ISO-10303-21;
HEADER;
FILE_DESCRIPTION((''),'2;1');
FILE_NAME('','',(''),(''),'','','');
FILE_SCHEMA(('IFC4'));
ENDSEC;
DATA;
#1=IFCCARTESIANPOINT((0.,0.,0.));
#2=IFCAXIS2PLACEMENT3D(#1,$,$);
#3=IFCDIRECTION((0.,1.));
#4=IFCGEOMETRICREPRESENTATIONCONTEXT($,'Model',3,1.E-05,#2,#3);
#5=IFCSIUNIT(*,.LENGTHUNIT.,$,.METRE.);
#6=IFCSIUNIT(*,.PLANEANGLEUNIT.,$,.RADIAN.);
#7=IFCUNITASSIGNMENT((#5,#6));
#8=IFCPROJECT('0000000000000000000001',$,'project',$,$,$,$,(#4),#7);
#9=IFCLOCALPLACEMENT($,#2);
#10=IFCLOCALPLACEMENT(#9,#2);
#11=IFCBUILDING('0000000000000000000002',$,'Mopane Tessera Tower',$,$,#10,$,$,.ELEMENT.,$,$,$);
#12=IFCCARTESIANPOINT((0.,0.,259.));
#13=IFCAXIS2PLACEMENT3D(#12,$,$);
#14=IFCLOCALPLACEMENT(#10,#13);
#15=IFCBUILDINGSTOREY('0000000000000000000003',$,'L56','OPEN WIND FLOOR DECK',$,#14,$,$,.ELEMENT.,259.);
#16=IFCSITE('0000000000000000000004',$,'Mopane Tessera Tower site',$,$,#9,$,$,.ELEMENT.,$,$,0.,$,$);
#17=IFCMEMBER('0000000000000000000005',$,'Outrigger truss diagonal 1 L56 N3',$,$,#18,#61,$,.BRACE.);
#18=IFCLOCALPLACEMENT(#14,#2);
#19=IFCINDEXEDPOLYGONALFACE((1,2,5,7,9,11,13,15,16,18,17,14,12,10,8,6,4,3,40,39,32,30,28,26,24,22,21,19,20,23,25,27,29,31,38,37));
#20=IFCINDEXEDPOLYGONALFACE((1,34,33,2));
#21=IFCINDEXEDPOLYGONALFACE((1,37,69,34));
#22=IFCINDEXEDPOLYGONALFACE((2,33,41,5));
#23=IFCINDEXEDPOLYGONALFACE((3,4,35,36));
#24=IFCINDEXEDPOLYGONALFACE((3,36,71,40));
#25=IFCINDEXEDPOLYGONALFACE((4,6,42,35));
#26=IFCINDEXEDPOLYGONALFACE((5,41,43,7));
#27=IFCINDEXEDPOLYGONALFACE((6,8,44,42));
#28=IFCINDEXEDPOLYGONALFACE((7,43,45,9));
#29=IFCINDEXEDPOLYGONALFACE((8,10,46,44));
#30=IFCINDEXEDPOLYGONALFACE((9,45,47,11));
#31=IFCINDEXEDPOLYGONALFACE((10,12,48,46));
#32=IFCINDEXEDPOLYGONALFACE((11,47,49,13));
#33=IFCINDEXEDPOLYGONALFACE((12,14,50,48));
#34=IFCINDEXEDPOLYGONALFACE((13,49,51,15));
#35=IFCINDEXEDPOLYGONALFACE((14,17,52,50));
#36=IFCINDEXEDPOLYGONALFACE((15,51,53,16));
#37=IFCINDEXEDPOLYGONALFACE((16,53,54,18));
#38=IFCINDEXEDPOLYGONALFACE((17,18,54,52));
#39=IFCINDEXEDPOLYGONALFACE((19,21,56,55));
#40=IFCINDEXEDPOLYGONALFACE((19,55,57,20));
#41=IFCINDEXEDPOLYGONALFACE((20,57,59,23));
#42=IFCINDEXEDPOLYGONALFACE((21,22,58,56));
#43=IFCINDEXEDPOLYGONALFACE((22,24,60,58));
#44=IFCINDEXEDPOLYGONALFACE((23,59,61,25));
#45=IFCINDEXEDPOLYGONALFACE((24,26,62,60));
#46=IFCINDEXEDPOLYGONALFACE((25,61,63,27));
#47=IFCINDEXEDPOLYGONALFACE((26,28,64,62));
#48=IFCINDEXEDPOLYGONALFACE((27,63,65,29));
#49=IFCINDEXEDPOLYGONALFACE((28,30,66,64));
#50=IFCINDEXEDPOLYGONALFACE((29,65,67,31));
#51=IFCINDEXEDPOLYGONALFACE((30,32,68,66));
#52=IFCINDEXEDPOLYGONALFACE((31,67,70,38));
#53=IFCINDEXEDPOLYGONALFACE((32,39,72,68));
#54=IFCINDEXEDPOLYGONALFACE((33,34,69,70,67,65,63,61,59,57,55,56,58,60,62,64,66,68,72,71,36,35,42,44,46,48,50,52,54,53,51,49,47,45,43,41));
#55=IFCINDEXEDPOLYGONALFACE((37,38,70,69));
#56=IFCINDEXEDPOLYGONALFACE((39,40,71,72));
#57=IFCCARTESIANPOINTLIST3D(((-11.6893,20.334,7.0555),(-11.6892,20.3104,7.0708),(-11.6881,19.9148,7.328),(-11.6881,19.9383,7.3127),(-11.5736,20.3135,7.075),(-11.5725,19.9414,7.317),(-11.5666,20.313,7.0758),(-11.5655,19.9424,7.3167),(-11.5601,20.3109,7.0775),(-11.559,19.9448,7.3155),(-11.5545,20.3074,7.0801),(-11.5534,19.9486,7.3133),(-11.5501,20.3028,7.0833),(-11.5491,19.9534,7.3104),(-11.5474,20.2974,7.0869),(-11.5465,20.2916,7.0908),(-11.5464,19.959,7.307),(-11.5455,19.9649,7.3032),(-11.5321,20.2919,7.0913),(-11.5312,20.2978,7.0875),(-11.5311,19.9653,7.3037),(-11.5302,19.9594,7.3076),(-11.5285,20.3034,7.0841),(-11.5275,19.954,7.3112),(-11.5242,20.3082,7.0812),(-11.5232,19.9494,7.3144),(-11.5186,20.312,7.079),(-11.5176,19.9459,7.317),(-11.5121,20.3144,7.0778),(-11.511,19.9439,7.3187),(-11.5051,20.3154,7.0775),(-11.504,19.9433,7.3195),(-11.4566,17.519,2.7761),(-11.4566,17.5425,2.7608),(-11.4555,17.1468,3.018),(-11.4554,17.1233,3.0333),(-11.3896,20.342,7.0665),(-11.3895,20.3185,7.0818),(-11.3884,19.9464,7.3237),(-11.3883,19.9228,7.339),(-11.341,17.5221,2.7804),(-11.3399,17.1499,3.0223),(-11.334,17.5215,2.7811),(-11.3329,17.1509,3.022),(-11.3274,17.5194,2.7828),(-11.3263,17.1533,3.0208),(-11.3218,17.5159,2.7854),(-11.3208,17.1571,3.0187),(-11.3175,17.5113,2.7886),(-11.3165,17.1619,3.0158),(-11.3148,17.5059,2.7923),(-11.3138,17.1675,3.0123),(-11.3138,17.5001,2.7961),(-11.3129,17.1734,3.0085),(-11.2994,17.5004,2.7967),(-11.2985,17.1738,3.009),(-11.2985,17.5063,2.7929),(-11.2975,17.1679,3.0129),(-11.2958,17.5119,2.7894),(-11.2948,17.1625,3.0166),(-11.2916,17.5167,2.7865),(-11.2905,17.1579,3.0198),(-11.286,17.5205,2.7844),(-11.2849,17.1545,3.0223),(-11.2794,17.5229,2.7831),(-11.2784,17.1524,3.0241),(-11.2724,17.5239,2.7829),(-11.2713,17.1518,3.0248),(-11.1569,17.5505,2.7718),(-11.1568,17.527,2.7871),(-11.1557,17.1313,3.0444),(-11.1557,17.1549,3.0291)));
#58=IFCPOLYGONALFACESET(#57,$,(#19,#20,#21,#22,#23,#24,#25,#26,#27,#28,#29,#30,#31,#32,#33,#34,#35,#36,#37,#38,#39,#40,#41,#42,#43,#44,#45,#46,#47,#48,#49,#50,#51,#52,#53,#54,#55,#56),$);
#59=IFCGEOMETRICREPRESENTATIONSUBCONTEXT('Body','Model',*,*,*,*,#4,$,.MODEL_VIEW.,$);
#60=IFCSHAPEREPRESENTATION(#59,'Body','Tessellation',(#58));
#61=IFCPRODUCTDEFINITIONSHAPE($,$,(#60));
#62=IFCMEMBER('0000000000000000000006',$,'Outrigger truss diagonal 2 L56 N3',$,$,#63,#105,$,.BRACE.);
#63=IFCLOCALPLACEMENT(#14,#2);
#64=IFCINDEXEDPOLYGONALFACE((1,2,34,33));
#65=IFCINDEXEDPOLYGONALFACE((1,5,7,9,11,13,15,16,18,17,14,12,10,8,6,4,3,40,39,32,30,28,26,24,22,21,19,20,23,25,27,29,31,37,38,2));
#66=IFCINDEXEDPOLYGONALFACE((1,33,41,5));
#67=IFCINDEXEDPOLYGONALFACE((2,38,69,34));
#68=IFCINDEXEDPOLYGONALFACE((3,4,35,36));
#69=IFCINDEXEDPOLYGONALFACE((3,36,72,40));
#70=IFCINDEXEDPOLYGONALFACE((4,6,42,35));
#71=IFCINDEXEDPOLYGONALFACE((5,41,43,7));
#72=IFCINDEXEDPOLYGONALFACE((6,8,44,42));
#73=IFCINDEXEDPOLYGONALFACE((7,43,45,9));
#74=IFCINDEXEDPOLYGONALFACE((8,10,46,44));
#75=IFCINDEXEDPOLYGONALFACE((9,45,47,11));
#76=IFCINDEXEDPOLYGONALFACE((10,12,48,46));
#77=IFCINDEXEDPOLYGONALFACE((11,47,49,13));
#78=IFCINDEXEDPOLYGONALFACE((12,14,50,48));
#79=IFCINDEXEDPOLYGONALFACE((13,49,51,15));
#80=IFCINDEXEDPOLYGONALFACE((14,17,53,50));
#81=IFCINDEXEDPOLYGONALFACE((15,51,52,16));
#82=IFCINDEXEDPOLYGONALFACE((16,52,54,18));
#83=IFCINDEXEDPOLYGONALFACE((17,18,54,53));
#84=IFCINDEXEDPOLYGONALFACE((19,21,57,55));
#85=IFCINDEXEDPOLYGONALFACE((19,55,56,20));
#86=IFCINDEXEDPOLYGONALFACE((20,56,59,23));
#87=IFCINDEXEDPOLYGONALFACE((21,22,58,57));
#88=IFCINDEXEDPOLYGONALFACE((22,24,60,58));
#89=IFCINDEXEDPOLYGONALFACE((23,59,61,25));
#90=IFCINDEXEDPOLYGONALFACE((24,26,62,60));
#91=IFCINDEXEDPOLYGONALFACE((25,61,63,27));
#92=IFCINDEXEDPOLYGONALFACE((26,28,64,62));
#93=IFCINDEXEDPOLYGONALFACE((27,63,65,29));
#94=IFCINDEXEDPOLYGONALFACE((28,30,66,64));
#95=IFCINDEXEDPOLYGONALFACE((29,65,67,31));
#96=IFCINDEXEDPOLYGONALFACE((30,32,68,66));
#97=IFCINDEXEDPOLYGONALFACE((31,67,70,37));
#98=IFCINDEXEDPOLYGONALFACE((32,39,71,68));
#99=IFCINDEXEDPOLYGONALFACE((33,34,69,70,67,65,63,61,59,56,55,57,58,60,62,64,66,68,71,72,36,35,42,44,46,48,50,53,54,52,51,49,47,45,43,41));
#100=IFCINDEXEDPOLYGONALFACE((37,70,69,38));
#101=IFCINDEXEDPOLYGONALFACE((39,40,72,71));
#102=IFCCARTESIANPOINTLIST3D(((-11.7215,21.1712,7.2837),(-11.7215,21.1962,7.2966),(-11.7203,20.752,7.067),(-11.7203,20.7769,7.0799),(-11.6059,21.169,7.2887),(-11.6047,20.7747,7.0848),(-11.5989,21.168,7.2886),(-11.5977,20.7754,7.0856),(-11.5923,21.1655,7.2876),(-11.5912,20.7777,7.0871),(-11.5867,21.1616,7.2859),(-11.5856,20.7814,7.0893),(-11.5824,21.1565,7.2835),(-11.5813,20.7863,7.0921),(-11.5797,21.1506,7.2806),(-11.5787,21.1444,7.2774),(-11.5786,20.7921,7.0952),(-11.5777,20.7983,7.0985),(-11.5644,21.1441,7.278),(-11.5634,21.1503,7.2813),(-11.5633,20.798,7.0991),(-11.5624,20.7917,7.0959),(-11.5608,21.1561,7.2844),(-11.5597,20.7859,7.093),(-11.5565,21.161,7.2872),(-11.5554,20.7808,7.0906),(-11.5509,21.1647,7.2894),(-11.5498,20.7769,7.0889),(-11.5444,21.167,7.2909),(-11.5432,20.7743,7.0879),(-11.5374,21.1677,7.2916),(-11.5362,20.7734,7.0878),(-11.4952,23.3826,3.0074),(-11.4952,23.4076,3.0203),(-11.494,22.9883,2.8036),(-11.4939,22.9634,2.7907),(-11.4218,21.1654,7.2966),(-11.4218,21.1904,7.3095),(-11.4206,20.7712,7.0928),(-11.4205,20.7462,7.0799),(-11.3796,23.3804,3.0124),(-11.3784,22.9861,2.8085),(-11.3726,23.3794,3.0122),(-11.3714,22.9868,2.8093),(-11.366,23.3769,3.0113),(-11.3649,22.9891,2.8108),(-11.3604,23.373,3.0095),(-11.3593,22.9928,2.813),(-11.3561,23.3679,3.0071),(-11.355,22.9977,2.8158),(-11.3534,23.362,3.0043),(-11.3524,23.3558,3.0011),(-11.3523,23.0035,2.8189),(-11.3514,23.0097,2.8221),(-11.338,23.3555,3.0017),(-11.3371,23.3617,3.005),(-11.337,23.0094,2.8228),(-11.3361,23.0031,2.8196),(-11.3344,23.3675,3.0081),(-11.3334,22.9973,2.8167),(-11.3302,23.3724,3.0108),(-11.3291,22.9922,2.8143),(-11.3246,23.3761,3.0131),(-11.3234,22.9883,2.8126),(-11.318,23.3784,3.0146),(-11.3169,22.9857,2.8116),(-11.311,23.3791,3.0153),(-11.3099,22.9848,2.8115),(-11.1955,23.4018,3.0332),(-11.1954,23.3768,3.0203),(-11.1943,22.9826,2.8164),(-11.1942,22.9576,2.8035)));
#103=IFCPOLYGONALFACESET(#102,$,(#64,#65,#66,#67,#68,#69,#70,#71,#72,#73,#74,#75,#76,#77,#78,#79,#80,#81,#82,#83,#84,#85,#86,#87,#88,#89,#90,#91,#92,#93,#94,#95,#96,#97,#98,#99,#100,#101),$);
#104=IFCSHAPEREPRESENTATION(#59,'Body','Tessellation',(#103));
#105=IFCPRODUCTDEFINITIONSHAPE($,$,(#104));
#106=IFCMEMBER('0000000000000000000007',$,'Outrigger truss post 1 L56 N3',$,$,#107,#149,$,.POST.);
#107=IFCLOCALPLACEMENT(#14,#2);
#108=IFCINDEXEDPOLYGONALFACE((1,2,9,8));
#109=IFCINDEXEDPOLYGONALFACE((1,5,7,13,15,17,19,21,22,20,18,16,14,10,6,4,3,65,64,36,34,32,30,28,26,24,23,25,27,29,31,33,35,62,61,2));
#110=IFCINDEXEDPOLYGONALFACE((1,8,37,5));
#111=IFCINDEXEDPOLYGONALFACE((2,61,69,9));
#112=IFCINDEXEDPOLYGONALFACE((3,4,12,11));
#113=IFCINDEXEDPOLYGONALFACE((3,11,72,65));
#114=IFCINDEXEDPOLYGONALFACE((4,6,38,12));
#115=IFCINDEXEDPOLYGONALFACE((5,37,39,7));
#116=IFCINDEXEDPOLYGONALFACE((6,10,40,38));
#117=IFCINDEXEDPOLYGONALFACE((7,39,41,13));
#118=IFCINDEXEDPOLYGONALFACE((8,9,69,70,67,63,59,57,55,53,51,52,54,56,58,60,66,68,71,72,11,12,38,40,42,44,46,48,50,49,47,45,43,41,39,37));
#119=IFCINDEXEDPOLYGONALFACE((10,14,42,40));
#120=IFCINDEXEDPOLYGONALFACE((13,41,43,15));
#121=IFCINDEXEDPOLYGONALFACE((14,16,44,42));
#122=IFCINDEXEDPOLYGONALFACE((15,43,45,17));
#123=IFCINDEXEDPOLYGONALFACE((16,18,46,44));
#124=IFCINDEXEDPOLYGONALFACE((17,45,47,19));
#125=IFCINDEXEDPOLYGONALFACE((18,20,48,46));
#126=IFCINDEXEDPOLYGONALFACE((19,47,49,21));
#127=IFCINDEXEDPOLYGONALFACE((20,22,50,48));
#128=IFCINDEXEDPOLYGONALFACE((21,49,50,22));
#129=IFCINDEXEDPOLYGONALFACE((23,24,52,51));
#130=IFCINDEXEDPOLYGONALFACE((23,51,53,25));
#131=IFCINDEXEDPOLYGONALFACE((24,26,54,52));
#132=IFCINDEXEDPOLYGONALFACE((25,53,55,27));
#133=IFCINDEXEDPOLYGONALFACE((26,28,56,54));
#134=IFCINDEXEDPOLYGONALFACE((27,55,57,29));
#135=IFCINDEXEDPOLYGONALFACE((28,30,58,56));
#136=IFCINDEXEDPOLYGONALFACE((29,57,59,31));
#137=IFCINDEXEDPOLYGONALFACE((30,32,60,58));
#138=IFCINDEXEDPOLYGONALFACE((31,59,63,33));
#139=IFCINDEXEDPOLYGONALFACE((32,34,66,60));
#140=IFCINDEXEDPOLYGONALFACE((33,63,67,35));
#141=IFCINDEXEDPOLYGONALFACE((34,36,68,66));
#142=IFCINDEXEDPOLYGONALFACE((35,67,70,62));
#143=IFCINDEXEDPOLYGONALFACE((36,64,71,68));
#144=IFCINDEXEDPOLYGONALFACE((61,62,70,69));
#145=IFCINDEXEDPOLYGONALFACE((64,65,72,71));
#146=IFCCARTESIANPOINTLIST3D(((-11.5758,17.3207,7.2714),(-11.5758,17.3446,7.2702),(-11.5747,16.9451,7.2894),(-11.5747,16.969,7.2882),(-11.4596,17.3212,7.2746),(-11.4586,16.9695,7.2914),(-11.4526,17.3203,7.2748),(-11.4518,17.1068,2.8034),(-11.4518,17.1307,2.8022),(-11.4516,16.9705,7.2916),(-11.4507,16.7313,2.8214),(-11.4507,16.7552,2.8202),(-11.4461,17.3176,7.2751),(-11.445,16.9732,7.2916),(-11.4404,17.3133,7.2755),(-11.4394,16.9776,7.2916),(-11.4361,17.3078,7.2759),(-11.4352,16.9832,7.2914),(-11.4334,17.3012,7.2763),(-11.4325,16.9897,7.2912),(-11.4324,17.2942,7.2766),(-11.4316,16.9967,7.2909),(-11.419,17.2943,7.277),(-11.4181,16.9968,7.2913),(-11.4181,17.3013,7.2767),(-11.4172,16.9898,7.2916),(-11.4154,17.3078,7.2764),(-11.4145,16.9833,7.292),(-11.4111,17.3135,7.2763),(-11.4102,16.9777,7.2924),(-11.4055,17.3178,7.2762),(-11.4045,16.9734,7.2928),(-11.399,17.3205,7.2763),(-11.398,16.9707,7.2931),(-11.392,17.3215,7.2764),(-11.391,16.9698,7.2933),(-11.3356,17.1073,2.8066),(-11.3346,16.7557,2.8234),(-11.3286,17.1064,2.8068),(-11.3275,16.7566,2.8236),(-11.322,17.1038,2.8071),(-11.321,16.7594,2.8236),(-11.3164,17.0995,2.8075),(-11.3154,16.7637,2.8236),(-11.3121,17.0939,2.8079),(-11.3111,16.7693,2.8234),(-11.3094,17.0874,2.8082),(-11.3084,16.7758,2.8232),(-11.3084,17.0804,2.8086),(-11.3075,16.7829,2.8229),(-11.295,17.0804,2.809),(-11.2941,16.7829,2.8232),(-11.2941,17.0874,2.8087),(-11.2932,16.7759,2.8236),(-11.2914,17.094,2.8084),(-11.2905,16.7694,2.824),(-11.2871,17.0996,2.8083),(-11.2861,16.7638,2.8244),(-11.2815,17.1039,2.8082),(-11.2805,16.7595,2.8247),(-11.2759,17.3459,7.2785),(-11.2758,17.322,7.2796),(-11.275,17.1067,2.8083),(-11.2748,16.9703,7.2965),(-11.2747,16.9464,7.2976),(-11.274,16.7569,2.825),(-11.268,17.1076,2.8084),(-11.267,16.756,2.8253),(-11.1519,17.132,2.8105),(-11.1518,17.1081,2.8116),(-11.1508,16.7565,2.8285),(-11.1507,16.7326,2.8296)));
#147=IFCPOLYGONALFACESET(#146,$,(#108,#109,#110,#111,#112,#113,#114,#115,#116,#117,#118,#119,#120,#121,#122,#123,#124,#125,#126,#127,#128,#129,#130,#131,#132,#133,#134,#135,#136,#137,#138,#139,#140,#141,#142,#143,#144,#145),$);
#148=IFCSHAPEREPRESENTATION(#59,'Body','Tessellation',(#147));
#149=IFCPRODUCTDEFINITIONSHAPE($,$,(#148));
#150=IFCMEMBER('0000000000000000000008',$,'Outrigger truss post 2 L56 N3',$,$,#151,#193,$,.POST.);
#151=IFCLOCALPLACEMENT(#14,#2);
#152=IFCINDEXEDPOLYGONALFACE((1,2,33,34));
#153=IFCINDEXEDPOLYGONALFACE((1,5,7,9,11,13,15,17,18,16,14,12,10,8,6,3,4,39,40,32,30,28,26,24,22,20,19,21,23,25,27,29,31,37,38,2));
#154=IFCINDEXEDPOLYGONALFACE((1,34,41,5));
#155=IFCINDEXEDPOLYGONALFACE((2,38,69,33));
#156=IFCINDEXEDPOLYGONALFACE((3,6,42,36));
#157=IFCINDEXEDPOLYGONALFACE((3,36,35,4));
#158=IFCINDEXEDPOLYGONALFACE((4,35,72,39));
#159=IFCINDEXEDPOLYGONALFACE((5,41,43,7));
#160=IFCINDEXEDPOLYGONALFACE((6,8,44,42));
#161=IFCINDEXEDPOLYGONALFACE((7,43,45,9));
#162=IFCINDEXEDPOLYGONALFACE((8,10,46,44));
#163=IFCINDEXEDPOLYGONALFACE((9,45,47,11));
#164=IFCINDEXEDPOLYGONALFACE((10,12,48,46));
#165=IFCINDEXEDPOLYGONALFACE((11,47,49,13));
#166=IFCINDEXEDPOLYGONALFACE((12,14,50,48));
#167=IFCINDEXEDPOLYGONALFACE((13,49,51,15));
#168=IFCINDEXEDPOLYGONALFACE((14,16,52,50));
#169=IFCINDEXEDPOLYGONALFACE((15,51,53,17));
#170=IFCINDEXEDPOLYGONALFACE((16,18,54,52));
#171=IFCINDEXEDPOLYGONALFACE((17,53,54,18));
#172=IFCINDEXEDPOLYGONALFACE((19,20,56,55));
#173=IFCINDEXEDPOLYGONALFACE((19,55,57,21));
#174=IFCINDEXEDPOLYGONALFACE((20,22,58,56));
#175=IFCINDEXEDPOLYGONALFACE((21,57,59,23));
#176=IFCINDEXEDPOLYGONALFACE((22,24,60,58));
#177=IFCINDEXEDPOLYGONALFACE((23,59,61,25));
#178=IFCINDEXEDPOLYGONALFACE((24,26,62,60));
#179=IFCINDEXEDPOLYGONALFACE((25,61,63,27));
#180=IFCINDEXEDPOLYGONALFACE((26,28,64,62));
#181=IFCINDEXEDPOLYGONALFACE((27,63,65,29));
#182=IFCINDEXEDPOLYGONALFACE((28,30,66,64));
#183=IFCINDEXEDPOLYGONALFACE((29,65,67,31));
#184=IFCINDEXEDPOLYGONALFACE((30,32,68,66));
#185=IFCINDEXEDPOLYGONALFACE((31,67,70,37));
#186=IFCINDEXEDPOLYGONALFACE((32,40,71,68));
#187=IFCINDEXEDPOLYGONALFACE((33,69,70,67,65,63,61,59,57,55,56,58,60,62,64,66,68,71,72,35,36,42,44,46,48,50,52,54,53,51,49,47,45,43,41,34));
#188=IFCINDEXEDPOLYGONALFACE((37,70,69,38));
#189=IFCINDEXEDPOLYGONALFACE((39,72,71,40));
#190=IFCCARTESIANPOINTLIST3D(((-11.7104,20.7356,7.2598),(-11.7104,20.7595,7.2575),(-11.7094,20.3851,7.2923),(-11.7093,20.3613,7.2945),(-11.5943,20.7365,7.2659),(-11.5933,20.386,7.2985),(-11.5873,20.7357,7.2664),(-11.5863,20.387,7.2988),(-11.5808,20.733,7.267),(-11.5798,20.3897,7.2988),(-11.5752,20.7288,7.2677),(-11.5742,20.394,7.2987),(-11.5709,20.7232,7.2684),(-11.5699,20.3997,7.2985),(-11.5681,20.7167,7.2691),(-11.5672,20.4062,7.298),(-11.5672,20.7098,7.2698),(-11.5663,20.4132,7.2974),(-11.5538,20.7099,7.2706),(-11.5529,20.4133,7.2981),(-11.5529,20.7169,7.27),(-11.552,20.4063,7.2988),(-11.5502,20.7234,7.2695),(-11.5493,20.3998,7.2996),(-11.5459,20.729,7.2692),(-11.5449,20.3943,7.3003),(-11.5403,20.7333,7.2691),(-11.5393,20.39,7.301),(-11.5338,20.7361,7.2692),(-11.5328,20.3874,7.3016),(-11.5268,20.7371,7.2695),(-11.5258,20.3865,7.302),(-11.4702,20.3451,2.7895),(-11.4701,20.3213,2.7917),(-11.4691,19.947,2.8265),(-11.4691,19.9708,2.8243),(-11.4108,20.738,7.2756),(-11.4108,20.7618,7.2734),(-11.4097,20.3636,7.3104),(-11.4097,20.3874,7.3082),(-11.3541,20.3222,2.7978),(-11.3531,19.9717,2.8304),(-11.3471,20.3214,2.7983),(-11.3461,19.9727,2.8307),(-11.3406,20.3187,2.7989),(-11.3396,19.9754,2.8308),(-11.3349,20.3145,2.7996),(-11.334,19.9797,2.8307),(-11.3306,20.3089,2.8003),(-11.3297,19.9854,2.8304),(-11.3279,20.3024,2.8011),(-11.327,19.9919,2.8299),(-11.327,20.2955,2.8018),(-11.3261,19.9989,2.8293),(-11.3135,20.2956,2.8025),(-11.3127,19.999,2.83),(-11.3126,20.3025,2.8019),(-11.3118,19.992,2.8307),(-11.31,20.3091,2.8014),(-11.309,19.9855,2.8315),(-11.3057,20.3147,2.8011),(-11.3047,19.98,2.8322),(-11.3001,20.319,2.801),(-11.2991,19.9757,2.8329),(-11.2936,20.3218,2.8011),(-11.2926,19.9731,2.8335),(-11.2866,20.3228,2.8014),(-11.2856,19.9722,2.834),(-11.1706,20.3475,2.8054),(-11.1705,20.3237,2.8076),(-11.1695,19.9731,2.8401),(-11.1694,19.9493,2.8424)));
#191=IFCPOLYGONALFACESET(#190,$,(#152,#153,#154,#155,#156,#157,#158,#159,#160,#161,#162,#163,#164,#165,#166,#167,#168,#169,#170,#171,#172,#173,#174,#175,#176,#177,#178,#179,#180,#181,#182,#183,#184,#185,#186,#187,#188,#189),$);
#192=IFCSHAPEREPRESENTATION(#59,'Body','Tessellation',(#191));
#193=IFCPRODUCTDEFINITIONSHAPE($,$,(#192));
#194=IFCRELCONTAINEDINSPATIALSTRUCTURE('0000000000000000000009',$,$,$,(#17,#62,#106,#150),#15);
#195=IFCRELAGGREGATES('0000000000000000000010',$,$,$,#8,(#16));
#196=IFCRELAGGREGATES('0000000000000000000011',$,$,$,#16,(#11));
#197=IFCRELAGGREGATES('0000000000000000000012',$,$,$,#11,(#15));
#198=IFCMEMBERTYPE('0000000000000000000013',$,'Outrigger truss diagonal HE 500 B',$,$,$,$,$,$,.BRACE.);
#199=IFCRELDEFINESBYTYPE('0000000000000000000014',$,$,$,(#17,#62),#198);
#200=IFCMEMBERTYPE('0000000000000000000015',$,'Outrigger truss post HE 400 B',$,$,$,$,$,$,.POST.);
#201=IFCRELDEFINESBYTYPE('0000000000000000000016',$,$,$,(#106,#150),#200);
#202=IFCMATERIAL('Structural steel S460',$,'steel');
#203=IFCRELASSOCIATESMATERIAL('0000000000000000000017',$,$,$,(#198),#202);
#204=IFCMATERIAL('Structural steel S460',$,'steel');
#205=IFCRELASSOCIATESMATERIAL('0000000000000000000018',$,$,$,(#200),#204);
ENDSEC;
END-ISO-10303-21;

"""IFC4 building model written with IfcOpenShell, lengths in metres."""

from ifc_helpers import new_model, si_unit, direction, frame, origin, origin_2d, place, context, subcontext, project, spatial, i_section, extrude, material, material_profile, profile_set, type_object, element, save


model = new_model("IFC4")

# Units and contexts
model_context = context("Model", 3, precision=1e-05, world=origin(), true_north=direction((0.0, 1.0)))
body_context = subcontext(model_context, "Body", "Model", "MODEL_VIEW")
ifc_project = project(units=[si_unit("LENGTHUNIT", "METRE"), si_unit("PLANEANGLEUNIT", "RADIAN")], contexts=[model_context])

# Site, building, storey
site_placement = place(None, origin())
site = spatial("IfcSite", under=ifc_project, at=site_placement, Name="Mopane Tessera Tower site", CompositionType="ELEMENT", RefElevation=0.0)
building_placement = place(site_placement, origin())
building = spatial("IfcBuilding", under=site, at=building_placement, Name="Mopane Tessera Tower", CompositionType="ELEMENT")
storey_placement = place(building_placement, frame((0.0, 0.0, 259.0)))
storey = spatial("IfcBuildingStorey", under=building, at=storey_placement, Name="L56", Description="OPEN WIND FLOOR DECK", CompositionType="ELEMENT", Elevation=259.0)

# Members
ifc_material_1 = material(Name="Structural steel S460", Category="steel")
ifc_material_profile_1 = material_profile(ifc_material_1, i_section(OverallWidth=0.3, OverallDepth=0.5, WebThickness=0.0144, FlangeThickness=0.0281, FilletRadius=0.0271, at=origin_2d()))
ifc_profile_set_1 = profile_set([ifc_material_profile_1], Name="Structural steel S460")
member_type_1 = type_object("IfcMemberType", Name="Outrigger truss diagonal HE 500 B", PredefinedType="BRACE", material=ifc_profile_set_1)
member_1_placement = place(storey_placement, frame((-11.3062, 17.3369, 2.9026), z_axis=(-0.045376, 0.544422, 0.837583), x_axis=(-0.998967, -0.026778, -0.036714)))
element("IfcMember", 1, at=member_1_placement, inside=storey, type_object=member_type_1, Name="Outrigger truss diagonal 1 L56 N3", PredefinedType="BRACE", context=body_context, shape_type="SweptSolid", body=[
    extrude(i_section(OverallWidth=0.3, OverallDepth=0.5, WebThickness=0.0144, FlangeThickness=0.0281, FilletRadius=0.0271, at=origin_2d()), origin(), (0.0, 0.0, 1.0), 5.1274),
])
member_2_placement = place(storey_placement, frame((-11.571, 20.9712, 7.1882), z_axis=(0.046958, 0.458836, -0.887279), x_axis=(-0.998894, 0.019276, -0.042896)))
element("IfcMember", 2, at=member_2_placement, inside=storey, type_object=member_type_1, Name="Outrigger truss diagonal 2 L56 N3", PredefinedType="BRACE", context=body_context, shape_type="SweptSolid", body=[
    extrude(i_section(OverallWidth=0.3, OverallDepth=0.5, WebThickness=0.0144, FlangeThickness=0.0281, FilletRadius=0.0271, at=origin_2d()), origin(), (0.0, 0.0, 1.0), 4.8196),
])
ifc_material_2 = material(Name="Structural steel S460", Category="steel")
ifc_material_profile_2 = material_profile(ifc_material_2, i_section(OverallWidth=0.3, OverallDepth=0.3999, WebThickness=0.0134, FlangeThickness=0.0239, FilletRadius=0.0271, at=origin_2d()))
ifc_profile_set_2 = profile_set([ifc_material_profile_2], Name="Structural steel S460")
member_type_2 = type_object("IfcMemberType", Name="Outrigger truss post HE 400 B", PredefinedType="POST", material=ifc_profile_set_2)
member_3_placement = place(storey_placement, frame((-11.3013, 16.9316, 2.8159), z_axis=(-0.027716, 0.047793, 0.998473), x_axis=(-0.999612, -0.004249, -0.027544)))
element("IfcMember", 3, at=member_3_placement, inside=storey, type_object=member_type_2, Name="Outrigger truss post 1 L56 N3", PredefinedType="POST", context=body_context, shape_type="SweptSolid", body=[
    extrude(i_section(OverallWidth=0.3, OverallDepth=0.3999, WebThickness=0.0134, FlangeThickness=0.0239, FilletRadius=0.0271, at=origin_2d()), origin(), (0.0, 0.0, 1.0), 4.4749),
])
member_4_placement = place(storey_placement, frame((-11.3198, 20.1472, 2.8159), z_axis=(-0.053461, 0.092199, 0.994304), x_axis=(-0.998566, -0.007798, -0.052967)))
element("IfcMember", 4, at=member_4_placement, inside=storey, type_object=member_type_2, Name="Outrigger truss post 2 L56 N3", PredefinedType="POST", context=body_context, shape_type="SweptSolid", body=[
    extrude(i_section(OverallWidth=0.3, OverallDepth=0.3999, WebThickness=0.0134, FlangeThickness=0.0239, FilletRadius=0.0271, at=origin_2d()), origin(), (0.0, 0.0, 1.0), 4.4937),
])

save(model, "model.ifc")
